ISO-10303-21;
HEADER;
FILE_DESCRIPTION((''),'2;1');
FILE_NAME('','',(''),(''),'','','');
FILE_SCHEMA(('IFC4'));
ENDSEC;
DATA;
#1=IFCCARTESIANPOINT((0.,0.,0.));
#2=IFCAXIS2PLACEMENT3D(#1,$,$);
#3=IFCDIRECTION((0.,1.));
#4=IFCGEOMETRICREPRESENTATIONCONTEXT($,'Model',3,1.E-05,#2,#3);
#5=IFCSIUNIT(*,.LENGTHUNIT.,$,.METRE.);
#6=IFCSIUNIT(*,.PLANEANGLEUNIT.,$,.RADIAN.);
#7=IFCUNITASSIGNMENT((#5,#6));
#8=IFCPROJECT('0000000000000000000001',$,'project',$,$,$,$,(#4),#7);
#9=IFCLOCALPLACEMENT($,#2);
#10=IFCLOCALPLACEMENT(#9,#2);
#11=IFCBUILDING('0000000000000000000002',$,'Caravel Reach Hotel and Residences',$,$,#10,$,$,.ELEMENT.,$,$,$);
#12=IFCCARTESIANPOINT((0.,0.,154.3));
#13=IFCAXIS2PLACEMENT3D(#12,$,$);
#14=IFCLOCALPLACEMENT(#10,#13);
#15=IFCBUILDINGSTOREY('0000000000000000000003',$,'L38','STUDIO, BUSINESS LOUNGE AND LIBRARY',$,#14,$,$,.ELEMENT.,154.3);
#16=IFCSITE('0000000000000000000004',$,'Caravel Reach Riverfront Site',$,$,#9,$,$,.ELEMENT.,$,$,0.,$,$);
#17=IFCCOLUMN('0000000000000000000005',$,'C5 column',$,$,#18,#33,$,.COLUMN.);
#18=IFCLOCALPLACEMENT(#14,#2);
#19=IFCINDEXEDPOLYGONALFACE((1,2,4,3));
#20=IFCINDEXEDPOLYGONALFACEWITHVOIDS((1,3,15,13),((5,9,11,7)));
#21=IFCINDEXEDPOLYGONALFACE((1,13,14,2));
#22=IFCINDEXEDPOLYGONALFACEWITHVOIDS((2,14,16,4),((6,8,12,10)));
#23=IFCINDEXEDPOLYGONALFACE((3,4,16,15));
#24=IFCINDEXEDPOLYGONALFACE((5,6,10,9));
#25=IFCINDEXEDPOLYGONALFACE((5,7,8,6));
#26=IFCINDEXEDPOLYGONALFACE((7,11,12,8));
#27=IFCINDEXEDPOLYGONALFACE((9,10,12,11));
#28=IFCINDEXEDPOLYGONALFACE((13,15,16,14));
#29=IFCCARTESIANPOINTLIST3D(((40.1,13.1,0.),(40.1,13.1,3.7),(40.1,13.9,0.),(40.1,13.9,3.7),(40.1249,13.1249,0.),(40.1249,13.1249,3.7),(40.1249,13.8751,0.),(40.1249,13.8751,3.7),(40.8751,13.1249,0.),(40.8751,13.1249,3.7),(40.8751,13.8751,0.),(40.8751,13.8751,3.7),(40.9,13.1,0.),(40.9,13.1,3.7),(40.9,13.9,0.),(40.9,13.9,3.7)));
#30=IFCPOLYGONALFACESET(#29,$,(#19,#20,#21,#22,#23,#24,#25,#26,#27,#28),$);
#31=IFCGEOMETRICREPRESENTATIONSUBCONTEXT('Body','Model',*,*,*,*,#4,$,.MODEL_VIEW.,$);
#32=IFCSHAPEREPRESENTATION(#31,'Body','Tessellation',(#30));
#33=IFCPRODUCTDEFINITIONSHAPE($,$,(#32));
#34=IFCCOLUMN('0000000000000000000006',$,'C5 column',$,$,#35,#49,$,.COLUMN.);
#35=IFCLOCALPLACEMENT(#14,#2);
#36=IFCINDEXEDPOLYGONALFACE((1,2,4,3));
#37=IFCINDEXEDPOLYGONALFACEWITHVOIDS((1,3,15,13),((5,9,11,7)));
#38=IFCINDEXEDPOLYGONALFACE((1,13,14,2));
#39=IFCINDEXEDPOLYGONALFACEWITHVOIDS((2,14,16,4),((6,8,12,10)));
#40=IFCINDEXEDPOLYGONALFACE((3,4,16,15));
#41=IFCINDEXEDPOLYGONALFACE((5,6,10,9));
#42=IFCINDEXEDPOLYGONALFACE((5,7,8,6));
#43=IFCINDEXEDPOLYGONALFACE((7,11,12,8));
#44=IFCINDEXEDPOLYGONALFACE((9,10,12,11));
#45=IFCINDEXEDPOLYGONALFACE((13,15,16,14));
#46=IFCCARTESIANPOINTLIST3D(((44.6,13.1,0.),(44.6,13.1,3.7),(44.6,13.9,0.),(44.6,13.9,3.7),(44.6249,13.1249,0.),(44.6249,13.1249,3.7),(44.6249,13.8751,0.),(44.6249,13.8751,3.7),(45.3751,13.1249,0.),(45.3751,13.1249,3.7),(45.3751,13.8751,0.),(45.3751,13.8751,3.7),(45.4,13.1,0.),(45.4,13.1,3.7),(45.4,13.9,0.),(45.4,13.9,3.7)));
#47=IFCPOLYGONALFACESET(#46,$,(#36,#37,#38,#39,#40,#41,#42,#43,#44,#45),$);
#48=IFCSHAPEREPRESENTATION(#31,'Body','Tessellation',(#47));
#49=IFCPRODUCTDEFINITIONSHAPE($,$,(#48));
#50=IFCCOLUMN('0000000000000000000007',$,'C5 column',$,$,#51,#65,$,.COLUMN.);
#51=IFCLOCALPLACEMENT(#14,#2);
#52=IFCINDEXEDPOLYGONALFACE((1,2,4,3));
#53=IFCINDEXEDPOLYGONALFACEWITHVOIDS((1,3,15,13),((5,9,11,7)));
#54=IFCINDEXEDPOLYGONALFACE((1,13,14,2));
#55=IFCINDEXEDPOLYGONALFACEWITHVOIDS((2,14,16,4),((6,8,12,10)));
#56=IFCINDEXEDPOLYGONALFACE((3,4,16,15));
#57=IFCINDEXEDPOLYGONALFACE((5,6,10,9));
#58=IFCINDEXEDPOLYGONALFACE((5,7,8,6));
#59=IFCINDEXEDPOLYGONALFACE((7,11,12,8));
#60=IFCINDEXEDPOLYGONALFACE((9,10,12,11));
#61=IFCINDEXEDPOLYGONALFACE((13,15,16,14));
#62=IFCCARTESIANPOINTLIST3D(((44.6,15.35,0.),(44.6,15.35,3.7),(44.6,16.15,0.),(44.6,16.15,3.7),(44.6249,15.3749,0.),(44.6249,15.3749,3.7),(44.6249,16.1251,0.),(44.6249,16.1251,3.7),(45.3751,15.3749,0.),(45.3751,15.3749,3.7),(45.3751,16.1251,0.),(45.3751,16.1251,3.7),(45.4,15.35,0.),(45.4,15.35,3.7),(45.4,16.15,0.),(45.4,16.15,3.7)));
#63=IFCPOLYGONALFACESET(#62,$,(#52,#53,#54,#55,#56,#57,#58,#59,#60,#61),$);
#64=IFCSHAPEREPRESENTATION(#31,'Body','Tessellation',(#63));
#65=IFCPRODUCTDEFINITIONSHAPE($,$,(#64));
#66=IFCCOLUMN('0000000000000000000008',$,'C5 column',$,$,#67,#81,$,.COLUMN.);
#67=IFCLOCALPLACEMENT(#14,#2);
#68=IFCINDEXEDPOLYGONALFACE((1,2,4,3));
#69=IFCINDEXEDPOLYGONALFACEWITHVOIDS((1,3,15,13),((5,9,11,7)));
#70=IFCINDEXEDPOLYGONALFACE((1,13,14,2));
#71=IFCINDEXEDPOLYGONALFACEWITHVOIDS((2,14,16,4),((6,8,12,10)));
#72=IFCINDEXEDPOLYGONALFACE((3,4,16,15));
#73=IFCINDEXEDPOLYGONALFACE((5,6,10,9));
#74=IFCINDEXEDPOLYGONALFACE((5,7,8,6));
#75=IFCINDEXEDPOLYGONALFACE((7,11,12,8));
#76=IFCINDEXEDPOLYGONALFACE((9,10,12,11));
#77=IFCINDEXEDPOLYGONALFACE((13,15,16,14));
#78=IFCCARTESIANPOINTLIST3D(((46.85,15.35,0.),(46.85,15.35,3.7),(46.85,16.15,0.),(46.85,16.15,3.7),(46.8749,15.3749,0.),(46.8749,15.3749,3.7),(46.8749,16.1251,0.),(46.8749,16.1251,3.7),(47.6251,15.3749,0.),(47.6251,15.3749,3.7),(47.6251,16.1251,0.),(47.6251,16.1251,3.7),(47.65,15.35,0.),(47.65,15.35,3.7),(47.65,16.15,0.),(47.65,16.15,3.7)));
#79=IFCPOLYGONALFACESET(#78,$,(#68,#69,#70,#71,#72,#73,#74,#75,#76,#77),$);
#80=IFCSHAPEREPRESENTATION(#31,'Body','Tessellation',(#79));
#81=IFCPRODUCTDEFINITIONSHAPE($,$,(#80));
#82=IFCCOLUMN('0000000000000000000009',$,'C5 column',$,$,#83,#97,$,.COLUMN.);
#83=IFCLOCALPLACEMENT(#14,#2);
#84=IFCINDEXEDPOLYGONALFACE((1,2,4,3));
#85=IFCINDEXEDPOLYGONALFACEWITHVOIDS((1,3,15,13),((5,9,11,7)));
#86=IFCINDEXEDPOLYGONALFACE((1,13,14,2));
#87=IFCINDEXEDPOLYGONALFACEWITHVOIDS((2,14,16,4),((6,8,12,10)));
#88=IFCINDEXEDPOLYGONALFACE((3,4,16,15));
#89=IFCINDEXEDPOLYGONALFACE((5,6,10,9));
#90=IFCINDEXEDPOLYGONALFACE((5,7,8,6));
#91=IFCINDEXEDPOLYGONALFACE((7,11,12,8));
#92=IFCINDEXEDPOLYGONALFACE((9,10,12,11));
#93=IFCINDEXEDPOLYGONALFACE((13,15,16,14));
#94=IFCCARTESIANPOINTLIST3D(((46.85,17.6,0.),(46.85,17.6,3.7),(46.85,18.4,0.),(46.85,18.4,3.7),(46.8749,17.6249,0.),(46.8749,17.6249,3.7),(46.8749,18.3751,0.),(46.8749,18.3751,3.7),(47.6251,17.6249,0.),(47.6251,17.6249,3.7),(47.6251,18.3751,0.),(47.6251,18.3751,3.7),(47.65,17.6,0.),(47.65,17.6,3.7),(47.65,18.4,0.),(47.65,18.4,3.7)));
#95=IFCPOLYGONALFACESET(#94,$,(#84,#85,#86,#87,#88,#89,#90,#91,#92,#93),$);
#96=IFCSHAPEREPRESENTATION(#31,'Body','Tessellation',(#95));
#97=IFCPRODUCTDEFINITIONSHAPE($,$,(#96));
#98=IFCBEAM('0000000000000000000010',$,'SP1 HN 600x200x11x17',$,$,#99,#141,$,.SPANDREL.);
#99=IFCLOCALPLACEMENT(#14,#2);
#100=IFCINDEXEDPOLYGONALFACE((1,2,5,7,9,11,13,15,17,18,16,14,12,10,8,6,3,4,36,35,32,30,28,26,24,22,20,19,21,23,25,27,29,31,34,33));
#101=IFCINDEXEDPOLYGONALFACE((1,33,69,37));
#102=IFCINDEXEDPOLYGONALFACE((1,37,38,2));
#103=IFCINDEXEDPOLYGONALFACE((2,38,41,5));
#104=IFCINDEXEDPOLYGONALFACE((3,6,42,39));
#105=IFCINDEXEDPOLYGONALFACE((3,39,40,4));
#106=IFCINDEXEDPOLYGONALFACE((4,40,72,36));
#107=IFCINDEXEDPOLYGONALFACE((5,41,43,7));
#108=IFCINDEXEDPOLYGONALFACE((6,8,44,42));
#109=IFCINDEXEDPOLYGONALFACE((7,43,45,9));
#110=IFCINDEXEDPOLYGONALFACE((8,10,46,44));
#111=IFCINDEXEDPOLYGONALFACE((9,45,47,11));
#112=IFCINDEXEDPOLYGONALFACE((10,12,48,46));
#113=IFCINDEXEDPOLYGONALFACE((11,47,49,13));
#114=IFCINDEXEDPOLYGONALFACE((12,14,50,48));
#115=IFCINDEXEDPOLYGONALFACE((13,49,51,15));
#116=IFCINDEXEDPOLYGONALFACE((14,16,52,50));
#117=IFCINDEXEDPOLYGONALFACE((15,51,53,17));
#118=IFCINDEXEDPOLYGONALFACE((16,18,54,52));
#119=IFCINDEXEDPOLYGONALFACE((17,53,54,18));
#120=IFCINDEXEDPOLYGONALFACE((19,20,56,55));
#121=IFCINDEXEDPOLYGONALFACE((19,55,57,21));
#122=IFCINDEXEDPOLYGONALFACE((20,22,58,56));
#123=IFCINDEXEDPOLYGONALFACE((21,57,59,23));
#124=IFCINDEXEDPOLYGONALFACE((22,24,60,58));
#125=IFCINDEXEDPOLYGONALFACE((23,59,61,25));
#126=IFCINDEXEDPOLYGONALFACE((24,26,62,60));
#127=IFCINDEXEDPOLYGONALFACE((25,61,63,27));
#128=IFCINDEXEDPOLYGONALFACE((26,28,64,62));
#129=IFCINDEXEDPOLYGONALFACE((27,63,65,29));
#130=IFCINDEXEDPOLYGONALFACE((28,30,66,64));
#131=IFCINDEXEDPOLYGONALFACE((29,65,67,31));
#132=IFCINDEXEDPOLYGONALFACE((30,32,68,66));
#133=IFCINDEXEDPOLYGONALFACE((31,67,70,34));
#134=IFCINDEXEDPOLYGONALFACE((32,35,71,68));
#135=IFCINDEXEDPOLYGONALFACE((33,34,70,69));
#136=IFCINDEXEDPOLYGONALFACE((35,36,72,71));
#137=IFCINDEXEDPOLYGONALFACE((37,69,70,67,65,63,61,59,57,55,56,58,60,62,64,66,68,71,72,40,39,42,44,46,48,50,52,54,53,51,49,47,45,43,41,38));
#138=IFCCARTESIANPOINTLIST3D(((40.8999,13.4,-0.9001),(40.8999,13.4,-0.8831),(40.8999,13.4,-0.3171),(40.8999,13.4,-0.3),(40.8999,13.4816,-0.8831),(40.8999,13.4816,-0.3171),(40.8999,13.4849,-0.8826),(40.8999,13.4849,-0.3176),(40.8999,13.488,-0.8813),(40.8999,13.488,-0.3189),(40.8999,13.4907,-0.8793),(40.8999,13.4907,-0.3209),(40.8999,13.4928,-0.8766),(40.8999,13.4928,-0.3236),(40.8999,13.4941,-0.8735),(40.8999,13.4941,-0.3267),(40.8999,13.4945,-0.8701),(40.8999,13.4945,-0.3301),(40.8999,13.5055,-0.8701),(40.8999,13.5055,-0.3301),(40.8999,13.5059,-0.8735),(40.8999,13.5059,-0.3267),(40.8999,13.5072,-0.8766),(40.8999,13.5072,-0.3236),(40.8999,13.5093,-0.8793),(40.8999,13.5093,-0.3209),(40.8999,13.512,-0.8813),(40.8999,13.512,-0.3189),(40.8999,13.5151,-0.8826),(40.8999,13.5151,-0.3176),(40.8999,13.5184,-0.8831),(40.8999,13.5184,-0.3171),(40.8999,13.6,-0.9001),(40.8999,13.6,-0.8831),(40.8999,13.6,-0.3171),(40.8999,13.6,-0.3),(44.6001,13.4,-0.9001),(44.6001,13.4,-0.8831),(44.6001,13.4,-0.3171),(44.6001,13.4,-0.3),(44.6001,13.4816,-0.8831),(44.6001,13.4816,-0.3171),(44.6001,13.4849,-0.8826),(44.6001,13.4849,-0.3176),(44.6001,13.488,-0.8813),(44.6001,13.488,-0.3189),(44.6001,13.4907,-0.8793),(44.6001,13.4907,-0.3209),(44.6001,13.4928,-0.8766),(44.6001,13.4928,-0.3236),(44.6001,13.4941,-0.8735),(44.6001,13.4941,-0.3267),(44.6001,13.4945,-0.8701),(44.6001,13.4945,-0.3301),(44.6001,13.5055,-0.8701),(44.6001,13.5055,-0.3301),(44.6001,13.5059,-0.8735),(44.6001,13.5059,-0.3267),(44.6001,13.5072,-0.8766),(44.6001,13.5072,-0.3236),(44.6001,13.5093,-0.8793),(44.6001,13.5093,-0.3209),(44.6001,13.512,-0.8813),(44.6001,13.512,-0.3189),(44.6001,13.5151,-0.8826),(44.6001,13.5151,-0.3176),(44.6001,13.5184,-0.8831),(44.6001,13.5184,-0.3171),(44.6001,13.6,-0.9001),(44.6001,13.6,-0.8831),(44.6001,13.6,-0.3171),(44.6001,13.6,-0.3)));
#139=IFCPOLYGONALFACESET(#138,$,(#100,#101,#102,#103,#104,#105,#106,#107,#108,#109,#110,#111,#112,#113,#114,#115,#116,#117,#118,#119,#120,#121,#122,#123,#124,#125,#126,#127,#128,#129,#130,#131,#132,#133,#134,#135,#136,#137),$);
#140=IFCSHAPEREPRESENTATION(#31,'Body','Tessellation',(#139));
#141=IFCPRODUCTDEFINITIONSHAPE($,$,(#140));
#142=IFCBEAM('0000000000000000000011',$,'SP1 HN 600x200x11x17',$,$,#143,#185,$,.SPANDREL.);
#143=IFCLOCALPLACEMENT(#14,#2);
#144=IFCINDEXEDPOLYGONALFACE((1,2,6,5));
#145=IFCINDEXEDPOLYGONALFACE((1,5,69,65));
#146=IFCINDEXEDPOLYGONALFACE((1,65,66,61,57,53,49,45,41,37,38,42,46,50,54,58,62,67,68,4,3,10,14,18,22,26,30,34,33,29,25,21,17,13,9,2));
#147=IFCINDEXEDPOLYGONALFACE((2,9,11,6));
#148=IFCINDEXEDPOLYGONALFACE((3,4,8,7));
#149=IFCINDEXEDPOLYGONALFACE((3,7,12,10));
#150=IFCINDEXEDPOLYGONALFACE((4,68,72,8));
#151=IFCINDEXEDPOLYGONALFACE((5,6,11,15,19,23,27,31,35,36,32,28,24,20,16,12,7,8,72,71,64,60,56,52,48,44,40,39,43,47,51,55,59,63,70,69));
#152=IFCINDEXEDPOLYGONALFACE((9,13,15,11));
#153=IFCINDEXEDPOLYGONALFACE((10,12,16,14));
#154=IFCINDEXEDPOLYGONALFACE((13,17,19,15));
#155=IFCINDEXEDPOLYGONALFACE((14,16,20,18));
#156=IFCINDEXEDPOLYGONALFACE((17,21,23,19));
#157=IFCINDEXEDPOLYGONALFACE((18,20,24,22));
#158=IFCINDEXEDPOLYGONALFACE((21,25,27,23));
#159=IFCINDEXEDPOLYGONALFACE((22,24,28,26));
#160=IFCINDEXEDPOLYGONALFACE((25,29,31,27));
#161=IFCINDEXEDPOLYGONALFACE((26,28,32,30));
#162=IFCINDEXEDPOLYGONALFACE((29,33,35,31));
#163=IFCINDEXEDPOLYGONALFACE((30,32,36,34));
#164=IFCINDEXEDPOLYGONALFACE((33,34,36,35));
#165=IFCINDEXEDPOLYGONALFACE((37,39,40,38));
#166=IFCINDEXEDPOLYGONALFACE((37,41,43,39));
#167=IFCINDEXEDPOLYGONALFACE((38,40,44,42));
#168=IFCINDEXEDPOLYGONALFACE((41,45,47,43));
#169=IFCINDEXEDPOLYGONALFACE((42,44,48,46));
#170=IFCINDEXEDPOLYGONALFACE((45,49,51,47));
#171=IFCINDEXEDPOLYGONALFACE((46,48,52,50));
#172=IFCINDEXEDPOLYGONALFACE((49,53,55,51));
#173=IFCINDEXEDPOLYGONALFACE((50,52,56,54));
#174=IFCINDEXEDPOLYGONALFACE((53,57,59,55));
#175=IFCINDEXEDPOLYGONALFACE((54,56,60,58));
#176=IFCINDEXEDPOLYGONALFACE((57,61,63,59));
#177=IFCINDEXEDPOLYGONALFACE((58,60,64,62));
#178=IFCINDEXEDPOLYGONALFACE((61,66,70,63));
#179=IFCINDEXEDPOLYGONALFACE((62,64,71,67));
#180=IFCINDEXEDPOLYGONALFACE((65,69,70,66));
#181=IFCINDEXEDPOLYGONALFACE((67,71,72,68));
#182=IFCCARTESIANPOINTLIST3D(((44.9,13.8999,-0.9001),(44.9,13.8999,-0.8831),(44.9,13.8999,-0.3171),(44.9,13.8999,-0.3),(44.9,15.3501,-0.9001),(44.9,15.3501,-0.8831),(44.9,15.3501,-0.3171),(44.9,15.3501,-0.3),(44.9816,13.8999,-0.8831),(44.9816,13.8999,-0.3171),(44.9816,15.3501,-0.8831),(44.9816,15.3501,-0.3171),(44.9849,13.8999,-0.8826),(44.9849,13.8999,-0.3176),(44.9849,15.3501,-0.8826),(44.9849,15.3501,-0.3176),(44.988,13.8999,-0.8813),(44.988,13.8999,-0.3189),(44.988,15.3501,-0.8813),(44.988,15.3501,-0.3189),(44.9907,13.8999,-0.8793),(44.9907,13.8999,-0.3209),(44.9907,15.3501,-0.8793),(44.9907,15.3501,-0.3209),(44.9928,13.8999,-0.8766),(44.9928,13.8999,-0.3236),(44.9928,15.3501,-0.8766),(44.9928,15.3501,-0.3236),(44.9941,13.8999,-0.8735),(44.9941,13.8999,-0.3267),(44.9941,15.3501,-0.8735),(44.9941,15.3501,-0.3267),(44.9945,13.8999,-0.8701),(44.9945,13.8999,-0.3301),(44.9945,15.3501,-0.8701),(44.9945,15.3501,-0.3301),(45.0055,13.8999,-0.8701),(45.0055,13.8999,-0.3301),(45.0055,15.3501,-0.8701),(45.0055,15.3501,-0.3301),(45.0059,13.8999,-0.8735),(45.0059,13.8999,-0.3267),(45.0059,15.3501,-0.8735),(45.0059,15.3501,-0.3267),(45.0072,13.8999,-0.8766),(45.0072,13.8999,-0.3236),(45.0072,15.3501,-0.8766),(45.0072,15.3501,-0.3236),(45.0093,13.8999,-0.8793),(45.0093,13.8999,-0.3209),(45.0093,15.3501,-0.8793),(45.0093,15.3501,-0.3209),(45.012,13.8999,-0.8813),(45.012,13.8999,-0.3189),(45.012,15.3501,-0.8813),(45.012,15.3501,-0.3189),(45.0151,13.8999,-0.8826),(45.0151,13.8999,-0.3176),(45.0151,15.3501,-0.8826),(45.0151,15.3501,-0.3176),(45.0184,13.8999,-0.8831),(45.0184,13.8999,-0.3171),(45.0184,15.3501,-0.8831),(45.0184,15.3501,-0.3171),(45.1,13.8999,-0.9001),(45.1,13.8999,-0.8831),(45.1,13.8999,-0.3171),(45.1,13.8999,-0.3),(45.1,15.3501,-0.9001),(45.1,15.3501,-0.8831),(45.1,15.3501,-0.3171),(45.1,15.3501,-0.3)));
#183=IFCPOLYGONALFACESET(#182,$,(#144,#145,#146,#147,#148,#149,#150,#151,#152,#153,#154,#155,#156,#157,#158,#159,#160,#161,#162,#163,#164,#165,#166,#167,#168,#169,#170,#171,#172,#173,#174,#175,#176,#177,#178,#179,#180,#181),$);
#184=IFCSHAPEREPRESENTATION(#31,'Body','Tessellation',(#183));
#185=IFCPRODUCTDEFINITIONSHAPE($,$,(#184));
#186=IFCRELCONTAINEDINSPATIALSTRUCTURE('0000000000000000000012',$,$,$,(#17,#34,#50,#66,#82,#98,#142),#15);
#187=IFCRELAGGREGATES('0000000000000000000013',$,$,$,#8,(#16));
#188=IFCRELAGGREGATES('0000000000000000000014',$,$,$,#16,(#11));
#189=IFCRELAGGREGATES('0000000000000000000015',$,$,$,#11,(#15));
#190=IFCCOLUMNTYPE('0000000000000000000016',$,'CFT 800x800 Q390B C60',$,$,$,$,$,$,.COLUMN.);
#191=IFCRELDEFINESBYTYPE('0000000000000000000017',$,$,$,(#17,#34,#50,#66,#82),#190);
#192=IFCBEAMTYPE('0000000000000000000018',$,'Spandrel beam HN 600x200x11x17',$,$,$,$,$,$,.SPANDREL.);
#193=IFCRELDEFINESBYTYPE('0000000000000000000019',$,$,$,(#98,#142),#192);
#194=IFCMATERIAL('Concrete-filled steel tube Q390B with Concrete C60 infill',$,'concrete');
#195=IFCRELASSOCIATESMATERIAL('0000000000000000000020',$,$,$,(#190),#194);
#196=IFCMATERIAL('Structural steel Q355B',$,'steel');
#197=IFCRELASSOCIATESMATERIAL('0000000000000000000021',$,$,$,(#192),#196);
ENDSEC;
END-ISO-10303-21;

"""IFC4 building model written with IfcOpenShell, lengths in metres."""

from ifc_helpers import new_model, si_unit, direction, frame, origin, origin_2d, place, context, subcontext, project, spatial, hollow_rectangle, i_section, extrude, material, material_profile, profile_set, type_object, element, save


model = new_model("IFC4")

# Units and contexts
model_context = context("Model", 3, precision=1e-05, world=origin(), true_north=direction((0.0, 1.0)))
body_context = subcontext(model_context, "Body", "Model", "MODEL_VIEW")
ifc_project = project(units=[si_unit("LENGTHUNIT", "METRE"), si_unit("PLANEANGLEUNIT", "RADIAN")], contexts=[model_context])

# Site, building, storey
site_placement = place(None, origin())
site = spatial("IfcSite", under=ifc_project, at=site_placement, Name="Caravel Reach Riverfront Site", CompositionType="ELEMENT", RefElevation=0.0)
building_placement = place(site_placement, origin())
building = spatial("IfcBuilding", under=site, at=building_placement, Name="Caravel Reach Hotel and Residences", CompositionType="ELEMENT")
storey_placement = place(building_placement, frame((0.0, 0.0, 154.3)))
storey = spatial("IfcBuildingStorey", under=building, at=storey_placement, Name="L38", Description="STUDIO, BUSINESS LOUNGE AND LIBRARY", CompositionType="ELEMENT", Elevation=154.3)

# Columns
ifc_material_1 = material(Name="Concrete-filled steel tube Q390B with Concrete C60 infill", Category="concrete")
ifc_material_profile_1 = material_profile(ifc_material_1, hollow_rectangle(XDim=0.8, YDim=0.8, WallThickness=0.0249, at=origin_2d()), Name="RHS 800x800x25")
ifc_profile_set_1 = profile_set([ifc_material_profile_1], Name="Concrete-filled steel tube Q390B with Concrete C60 infill")
column_type = type_object("IfcColumnType", Name="CFT 800x800 Q390B C60", PredefinedType="COLUMN", material=ifc_profile_set_1)
for number, where, z_axis, x_axis, name in (
    (1, (40.5, 13.5, 0.0), (0.0, 0.0, 1.0), (1.0, 0.0, 0.0), "C5 column"),
    (2, (45.0, 13.5, 0.0), (0.0, 0.0, 1.0), (1.0, 0.0, 0.0), "C5 column"),
    (3, (45.0, 15.75, 0.0), (0.0, 0.0, 1.0), (1.0, 0.0, 0.0), "C5 column"),
    (4, (47.25, 15.75, 0.0), (0.0, 0.0, 1.0), (1.0, 0.0, 0.0), "C5 column"),
    (5, (47.25, 18.0, 0.0), (0.0, 0.0, 1.0), (1.0, 0.0, 0.0), "C5 column"),
):
    element("IfcColumn", number, at=place(storey_placement, frame(where, z_axis=z_axis, x_axis=x_axis)), inside=storey, type_object=column_type, Name=name, PredefinedType="COLUMN", context=body_context, shape_type="SweptSolid", body=[
        extrude(hollow_rectangle(XDim=0.8, YDim=0.8, WallThickness=0.0249, at=origin_2d()), origin(), (0.0, 0.0, 1.0), 3.7),
    ])

# Beams
ifc_material_2 = material(Name="Structural steel Q355B", Category="steel")
ifc_material_profile_2 = material_profile(ifc_material_2, i_section(OverallWidth=0.2, OverallDepth=0.6001, WebThickness=0.011, FlangeThickness=0.0171, FilletRadius=0.0129, at=origin_2d()), Name="HN 600x200x11x17")
ifc_profile_set_2 = profile_set([ifc_material_profile_2], Name="Structural steel Q355B")
beam_type = type_object("IfcBeamType", Name="Spandrel beam HN 600x200x11x17", PredefinedType="SPANDREL", material=ifc_profile_set_2)
beam_placement = place(storey_placement, frame((40.8999, 13.5, -0.6001), z_axis=(1.0, 0.0, 0.0), x_axis=(0.0, 1.0, 0.0)))
element("IfcBeam", 6, at=beam_placement, inside=storey, type_object=beam_type, Name="SP1 HN 600x200x11x17", PredefinedType="SPANDREL", context=body_context, shape_type="SweptSolid", body=[
    extrude(i_section(OverallWidth=0.2, OverallDepth=0.6001, WebThickness=0.011, FlangeThickness=0.0171, FilletRadius=0.0129, at=origin_2d()), origin(), (0.0, 0.0, 1.0), 3.7002),
])
for number, where, z_axis, x_axis, name in (
    (7, (45.0, 13.8999, -0.6001), (0.0, 1.0, 0.0), (-1.0, 0.0, 0.0), "SP1 HN 600x200x11x17"),
):
    element("IfcBeam", number, at=place(storey_placement, frame(where, z_axis=z_axis, x_axis=x_axis)), inside=storey, type_object=beam_type, Name=name, PredefinedType="SPANDREL", context=body_context, shape_type="SweptSolid", body=[
        extrude(i_section(OverallWidth=0.2, OverallDepth=0.6001, WebThickness=0.011, FlangeThickness=0.0171, FilletRadius=0.0129, at=origin_2d()), origin(), (0.0, 0.0, 1.0), 1.4502),
    ])

save(model, "model.ifc")
